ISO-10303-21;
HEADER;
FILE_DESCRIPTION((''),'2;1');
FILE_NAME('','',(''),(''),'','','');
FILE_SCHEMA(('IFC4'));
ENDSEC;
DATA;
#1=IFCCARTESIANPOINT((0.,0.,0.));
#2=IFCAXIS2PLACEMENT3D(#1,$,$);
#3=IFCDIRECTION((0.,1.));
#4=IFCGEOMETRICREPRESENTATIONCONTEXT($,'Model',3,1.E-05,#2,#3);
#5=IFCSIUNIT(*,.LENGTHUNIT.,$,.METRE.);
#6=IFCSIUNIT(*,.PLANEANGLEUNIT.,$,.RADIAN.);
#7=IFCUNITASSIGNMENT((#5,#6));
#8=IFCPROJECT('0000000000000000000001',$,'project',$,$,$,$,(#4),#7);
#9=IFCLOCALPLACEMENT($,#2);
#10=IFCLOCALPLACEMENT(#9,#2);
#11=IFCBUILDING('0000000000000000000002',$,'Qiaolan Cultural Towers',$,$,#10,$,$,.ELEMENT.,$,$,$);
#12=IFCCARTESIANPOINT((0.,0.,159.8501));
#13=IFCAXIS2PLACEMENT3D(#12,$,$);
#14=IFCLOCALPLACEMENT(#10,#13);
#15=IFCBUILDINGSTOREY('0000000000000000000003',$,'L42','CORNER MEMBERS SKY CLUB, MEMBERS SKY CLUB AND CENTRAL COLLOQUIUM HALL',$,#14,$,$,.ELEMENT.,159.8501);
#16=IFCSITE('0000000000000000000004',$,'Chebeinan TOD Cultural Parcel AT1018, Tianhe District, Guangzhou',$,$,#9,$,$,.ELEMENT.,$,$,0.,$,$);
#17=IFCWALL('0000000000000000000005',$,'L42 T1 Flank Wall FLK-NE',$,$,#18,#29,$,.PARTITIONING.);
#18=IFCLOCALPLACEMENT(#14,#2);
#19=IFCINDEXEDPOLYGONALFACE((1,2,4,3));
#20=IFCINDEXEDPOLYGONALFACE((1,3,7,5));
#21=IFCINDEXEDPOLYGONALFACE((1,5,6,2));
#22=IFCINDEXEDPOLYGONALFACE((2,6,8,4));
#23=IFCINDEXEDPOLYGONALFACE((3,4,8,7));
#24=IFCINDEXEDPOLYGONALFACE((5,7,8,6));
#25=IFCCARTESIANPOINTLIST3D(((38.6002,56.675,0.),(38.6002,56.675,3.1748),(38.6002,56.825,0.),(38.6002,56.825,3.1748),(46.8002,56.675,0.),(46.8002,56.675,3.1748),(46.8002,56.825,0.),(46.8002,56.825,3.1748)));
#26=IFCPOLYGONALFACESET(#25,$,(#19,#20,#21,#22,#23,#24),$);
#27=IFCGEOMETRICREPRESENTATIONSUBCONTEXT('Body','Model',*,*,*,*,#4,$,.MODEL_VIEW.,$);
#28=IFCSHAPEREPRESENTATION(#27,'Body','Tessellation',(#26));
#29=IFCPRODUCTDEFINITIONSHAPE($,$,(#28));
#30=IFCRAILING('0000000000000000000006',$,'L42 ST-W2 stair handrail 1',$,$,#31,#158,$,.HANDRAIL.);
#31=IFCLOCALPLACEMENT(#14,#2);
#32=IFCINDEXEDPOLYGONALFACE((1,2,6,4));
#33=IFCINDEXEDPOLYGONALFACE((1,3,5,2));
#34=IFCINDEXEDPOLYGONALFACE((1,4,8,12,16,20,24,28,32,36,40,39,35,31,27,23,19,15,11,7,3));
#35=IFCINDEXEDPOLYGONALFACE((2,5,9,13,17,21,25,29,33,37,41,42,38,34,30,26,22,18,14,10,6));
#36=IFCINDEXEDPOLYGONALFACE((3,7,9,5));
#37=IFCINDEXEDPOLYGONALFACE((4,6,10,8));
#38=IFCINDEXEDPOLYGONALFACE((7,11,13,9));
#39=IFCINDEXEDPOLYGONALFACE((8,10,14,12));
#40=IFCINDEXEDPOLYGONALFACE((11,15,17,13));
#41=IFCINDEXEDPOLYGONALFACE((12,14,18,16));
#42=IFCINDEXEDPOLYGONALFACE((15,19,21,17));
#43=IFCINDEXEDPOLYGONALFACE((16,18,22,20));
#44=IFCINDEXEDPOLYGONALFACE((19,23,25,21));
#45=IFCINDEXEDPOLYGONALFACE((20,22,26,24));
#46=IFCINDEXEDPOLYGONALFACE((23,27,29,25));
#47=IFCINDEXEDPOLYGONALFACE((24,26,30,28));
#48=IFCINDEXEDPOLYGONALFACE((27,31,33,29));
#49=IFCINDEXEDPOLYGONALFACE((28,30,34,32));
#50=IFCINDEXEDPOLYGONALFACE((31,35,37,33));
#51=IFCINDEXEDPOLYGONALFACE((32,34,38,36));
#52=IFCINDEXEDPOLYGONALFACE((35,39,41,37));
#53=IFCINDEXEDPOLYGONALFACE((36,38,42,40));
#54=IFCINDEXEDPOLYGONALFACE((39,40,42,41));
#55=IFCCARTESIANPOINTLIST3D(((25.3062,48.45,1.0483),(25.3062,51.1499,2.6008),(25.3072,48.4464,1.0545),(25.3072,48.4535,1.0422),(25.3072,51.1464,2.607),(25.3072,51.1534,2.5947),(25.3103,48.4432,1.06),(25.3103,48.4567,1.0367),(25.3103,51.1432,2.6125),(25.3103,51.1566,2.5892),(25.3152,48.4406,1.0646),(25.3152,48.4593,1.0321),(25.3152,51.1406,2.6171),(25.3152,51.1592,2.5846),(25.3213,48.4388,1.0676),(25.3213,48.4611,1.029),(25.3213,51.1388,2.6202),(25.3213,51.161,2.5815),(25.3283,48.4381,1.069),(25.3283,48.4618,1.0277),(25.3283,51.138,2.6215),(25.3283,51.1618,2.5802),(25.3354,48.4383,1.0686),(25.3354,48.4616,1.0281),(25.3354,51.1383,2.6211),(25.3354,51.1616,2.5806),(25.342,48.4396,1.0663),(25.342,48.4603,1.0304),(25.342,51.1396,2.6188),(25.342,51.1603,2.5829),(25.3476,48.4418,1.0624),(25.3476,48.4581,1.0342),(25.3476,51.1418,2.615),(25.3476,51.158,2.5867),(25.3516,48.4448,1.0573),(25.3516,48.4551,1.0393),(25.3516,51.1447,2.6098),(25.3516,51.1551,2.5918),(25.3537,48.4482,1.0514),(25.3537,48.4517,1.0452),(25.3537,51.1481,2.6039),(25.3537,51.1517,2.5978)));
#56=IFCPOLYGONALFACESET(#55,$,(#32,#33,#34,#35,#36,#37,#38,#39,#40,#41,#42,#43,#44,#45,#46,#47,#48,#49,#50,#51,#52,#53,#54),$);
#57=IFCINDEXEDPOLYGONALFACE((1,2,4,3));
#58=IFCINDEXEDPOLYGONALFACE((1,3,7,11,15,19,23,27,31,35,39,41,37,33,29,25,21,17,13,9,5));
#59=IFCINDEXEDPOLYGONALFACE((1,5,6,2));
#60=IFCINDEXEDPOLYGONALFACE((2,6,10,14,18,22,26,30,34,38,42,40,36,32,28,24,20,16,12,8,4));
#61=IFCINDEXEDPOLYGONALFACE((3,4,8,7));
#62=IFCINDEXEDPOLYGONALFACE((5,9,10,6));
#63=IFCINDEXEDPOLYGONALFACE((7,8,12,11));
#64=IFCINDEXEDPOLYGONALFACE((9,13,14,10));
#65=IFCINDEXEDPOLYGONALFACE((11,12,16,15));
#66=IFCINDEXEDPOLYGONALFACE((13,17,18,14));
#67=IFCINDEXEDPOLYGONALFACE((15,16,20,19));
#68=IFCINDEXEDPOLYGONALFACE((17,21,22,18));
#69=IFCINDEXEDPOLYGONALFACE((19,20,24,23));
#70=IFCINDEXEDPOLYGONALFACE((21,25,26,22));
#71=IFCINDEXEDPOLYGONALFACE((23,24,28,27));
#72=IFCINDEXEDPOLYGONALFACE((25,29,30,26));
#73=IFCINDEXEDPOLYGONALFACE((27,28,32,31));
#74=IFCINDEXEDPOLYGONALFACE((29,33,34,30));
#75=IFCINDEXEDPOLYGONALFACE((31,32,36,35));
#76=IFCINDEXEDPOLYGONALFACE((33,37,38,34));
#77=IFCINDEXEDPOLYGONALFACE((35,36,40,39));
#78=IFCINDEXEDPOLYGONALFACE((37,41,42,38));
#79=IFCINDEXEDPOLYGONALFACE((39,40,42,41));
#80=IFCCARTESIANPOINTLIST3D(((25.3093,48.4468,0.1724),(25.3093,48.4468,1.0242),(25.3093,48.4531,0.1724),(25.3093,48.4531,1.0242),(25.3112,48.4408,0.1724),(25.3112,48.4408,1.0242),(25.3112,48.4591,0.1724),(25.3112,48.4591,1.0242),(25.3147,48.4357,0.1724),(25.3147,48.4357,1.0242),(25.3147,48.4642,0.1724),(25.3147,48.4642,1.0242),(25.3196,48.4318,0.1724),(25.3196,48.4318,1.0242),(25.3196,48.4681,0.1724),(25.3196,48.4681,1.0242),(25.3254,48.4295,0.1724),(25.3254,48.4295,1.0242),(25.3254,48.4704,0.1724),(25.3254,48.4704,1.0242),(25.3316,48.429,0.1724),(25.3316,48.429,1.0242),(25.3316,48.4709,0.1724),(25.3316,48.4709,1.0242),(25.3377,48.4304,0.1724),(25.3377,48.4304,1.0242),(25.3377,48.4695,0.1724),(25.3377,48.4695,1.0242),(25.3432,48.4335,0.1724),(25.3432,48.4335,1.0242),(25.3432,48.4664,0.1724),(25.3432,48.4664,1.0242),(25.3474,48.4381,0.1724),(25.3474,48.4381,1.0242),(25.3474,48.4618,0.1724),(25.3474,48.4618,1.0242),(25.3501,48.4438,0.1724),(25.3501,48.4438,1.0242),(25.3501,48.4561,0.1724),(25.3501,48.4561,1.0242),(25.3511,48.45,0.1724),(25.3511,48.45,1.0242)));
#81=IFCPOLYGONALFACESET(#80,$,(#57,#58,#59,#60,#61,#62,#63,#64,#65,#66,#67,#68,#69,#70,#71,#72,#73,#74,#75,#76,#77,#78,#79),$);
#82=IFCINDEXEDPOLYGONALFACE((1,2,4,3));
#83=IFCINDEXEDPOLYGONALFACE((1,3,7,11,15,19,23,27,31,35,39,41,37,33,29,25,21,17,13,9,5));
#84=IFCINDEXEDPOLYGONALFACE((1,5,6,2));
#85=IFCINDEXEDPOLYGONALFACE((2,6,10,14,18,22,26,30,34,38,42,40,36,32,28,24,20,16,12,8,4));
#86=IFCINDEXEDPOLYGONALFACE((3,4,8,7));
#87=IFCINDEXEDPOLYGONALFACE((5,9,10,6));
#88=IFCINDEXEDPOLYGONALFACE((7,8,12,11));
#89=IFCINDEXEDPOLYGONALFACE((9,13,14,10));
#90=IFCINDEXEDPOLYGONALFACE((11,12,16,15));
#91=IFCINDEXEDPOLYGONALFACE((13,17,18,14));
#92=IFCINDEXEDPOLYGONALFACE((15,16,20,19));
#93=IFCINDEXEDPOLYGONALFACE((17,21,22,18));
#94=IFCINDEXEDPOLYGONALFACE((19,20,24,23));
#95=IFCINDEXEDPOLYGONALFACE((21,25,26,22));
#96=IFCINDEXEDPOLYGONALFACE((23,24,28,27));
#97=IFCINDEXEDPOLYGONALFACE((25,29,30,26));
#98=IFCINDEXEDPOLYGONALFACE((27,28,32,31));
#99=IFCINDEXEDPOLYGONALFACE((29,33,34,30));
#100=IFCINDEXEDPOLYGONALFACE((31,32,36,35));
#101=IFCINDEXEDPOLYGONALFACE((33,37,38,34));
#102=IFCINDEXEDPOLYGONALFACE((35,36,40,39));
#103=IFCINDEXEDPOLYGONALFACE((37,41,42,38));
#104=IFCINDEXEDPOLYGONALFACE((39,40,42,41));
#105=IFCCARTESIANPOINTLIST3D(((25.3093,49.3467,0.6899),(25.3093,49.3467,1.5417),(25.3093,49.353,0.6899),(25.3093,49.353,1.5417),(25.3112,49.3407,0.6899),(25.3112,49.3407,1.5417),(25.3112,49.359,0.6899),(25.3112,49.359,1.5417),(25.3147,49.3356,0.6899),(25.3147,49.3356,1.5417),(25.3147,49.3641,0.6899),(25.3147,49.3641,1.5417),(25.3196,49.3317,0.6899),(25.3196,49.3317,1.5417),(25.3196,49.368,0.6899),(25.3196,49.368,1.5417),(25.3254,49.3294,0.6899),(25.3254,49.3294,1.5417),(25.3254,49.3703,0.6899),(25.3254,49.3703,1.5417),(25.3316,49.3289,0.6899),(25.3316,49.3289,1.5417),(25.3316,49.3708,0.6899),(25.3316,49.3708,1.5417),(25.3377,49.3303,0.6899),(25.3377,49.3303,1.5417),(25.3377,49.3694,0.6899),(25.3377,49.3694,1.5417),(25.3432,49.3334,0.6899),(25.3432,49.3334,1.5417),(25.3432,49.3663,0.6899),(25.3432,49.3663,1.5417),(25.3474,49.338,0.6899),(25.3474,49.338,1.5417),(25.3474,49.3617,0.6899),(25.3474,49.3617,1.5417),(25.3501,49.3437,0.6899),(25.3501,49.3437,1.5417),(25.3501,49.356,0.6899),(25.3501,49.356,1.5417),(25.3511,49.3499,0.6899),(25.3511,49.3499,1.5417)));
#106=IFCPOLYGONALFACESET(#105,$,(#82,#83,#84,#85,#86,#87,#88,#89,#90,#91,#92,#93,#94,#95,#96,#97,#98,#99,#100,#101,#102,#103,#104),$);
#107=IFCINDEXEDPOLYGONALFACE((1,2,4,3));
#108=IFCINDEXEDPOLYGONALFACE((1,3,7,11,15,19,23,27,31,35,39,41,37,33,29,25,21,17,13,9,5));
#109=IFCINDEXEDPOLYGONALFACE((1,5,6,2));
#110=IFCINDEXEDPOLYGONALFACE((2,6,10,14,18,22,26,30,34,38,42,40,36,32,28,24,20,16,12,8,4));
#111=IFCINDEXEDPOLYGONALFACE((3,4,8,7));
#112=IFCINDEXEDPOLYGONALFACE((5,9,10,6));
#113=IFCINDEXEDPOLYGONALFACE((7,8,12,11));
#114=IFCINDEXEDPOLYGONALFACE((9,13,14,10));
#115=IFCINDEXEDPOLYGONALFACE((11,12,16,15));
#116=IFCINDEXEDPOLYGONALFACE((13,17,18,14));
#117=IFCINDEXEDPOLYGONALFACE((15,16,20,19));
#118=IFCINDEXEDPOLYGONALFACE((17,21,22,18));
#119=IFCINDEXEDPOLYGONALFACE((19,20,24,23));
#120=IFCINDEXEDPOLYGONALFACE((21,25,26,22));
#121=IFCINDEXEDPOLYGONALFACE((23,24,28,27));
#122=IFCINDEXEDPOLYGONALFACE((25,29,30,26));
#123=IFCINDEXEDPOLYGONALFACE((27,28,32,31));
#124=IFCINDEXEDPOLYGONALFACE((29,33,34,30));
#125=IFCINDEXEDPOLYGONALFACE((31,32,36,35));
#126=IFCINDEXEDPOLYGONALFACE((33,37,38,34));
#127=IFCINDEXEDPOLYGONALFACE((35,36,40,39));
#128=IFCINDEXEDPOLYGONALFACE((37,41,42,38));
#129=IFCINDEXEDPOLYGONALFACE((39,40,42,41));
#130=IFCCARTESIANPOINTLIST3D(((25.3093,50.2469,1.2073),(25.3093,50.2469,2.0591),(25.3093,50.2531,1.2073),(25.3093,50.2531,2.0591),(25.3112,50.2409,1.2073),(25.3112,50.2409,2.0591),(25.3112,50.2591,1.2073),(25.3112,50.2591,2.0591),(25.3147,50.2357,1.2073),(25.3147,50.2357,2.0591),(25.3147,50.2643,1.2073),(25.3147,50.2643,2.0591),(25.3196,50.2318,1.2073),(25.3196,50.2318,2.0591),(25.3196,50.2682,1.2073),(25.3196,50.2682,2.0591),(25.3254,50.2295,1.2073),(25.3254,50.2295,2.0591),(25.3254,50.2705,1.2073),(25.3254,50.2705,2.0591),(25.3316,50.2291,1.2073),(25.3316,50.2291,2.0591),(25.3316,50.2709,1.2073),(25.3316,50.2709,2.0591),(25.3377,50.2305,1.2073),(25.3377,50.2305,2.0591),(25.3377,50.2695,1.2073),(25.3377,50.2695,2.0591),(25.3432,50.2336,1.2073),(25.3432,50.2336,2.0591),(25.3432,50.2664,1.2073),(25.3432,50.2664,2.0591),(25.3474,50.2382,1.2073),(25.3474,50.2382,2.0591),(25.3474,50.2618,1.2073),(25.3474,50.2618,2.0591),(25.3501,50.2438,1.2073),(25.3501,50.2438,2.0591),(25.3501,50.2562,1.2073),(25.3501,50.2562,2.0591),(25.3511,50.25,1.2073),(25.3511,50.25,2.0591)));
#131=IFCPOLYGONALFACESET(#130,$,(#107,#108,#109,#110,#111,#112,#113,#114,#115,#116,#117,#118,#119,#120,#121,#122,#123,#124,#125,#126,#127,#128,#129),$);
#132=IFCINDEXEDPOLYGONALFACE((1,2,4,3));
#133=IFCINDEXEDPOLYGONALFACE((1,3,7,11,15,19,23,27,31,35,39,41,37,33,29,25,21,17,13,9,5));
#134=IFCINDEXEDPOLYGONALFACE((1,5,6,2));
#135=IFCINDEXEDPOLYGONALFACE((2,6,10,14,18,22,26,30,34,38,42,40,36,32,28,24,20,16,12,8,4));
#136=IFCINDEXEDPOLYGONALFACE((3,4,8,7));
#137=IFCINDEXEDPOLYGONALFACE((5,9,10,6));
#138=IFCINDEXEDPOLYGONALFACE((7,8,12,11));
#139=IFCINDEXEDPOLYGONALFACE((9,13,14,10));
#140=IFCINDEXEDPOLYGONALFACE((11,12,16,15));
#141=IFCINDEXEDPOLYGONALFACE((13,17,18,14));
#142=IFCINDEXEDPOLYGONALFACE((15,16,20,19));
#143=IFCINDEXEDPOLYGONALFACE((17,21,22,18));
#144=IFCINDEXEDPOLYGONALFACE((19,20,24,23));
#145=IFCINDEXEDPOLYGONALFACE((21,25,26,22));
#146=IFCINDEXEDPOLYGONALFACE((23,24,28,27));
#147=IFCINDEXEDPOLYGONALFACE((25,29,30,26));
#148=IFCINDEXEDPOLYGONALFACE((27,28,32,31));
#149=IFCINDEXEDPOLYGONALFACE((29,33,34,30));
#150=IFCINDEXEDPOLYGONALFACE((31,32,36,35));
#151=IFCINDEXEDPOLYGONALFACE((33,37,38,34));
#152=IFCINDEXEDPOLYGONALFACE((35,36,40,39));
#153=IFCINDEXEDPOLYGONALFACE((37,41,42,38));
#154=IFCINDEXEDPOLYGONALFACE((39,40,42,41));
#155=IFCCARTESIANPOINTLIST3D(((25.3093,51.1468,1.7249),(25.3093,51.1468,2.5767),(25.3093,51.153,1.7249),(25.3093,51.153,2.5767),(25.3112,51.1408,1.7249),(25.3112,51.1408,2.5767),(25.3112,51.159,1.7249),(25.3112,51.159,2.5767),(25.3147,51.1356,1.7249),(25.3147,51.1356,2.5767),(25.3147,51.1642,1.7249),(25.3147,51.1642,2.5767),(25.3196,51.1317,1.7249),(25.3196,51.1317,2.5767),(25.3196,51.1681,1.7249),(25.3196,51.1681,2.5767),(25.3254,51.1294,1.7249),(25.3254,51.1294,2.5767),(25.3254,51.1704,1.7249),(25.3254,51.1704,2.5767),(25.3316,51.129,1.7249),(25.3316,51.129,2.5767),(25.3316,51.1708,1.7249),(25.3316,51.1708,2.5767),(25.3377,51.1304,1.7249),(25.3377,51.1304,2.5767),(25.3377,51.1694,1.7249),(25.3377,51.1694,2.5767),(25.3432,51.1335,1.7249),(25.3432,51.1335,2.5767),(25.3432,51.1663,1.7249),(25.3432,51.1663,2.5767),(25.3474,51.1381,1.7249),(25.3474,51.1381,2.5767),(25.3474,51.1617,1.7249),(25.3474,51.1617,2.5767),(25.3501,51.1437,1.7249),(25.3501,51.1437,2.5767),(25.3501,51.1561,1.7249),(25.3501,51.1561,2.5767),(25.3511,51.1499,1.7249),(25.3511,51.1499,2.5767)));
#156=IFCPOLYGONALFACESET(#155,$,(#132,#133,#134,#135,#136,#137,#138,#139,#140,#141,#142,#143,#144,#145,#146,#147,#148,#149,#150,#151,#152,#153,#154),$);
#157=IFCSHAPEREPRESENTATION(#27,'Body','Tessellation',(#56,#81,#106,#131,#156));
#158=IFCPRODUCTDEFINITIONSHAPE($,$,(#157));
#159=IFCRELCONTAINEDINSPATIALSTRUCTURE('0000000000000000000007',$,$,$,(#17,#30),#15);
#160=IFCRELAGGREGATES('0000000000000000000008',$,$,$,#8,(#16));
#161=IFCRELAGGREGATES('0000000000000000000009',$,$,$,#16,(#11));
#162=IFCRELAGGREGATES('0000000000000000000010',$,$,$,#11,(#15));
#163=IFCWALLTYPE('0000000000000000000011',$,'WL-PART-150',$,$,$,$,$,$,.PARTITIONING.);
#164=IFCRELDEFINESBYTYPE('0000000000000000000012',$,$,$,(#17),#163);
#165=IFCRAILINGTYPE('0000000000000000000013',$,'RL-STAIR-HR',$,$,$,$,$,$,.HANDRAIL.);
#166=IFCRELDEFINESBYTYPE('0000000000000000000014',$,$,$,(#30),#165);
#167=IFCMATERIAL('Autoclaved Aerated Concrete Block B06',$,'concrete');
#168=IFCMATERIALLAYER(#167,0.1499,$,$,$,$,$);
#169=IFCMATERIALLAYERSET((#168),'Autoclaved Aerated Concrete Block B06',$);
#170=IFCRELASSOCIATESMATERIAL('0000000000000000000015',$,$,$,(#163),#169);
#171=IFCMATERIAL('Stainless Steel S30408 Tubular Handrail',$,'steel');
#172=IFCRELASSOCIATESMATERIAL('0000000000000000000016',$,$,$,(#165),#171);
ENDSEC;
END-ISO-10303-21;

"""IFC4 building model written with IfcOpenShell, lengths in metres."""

from ifc_helpers import new_model, si_unit, direction, frame, frame_2d, origin, origin_2d, place, context, subcontext, project, spatial, rectangle, circle, extrude, material, layer, layer_set, type_object, element, save


model = new_model("IFC4")

# Units and contexts
model_context = context("Model", 3, precision=1e-05, world=origin(), true_north=direction((0.0, 1.0)))
body_context = subcontext(model_context, "Body", "Model", "MODEL_VIEW")
ifc_project = project(units=[si_unit("LENGTHUNIT", "METRE"), si_unit("PLANEANGLEUNIT", "RADIAN")], contexts=[model_context])

# Site, building, storey
site_placement = place(None, origin())
site = spatial("IfcSite", under=ifc_project, at=site_placement, Name="Chebeinan TOD Cultural Parcel AT1018, Tianhe District, Guangzhou", CompositionType="ELEMENT", RefElevation=0.0)
building_placement = place(site_placement, origin())
building = spatial("IfcBuilding", under=site, at=building_placement, Name="Qiaolan Cultural Towers", CompositionType="ELEMENT")
storey_placement = place(building_placement, frame((0.0, 0.0, 159.8501)))
storey = spatial("IfcBuildingStorey", under=building, at=storey_placement, Name="L42", Description="CORNER MEMBERS SKY CLUB, MEMBERS SKY CLUB AND CENTRAL COLLOQUIUM HALL", CompositionType="ELEMENT", Elevation=159.8501)

# Wall
ifc_material_1 = material(Name="Autoclaved Aerated Concrete Block B06", Category="concrete")
ifc_layer_1 = layer(ifc_material_1, 0.1499)
ifc_layer_set_1 = layer_set([ifc_layer_1], Name="Autoclaved Aerated Concrete Block B06")
wall_type_1 = type_object("IfcWallType", Name="WL-PART-150", PredefinedType="PARTITIONING", material=ifc_layer_set_1)
wall_1_placement = place(storey_placement, frame((38.6001, 56.75, 0.0), z_axis=(0.0, 0.0, 1.0), x_axis=(1.0, 0.0, 0.0)))
element("IfcWall", 1, at=wall_1_placement, inside=storey, type_object=wall_type_1, Name="L42 T1 Flank Wall FLK-NE", PredefinedType="PARTITIONING", context=body_context, shape_type="SweptSolid", body=[
    extrude(rectangle(XDim=8.2, YDim=0.1499, at=frame_2d((4.1001, 0.0))), origin(), (0.0, 0.0, 1.0), 3.1748),
])

# Railing
ifc_material_2 = material(Name="Stainless Steel S30408 Tubular Handrail", Category="steel")
railing_type = type_object("IfcRailingType", Name="RL-STAIR-HR", PredefinedType="HANDRAIL", material=ifc_material_2)
railing_placement = place(storey_placement, frame((25.3301, 48.45, 0.1724)))
element("IfcRailing", 2, at=railing_placement, inside=storey, type_object=railing_type, Name="L42 ST-W2 stair handrail 1", PredefinedType="HANDRAIL", context=body_context, shape_type="SweptSolid", body=[
    extrude(circle(Radius=0.0239, at=origin_2d()), frame((0.0, 0.0, 0.876), z_axis=(0.0, 0.866904, 0.498476), x_axis=(-1.0, 0.0, 0.0)), (0.0, 0.0, 1.0), 3.1145),
    extrude(circle(Radius=0.021, at=origin_2d()), origin(), (0.0, 0.0, 1.0), 0.8518),
    extrude(circle(Radius=0.021, at=origin_2d()), frame((0.0, 0.8999, 0.5176)), (0.0, 0.0, 1.0), 0.8518),
    extrude(circle(Radius=0.021, at=origin_2d()), frame((0.0, 1.8, 1.0349)), (0.0, 0.0, 1.0), 0.8518),
    extrude(circle(Radius=0.021, at=origin_2d()), frame((0.0, 2.7, 1.5525)), (0.0, 0.0, 1.0), 0.8518),
])

save(model, "model.ifc")
